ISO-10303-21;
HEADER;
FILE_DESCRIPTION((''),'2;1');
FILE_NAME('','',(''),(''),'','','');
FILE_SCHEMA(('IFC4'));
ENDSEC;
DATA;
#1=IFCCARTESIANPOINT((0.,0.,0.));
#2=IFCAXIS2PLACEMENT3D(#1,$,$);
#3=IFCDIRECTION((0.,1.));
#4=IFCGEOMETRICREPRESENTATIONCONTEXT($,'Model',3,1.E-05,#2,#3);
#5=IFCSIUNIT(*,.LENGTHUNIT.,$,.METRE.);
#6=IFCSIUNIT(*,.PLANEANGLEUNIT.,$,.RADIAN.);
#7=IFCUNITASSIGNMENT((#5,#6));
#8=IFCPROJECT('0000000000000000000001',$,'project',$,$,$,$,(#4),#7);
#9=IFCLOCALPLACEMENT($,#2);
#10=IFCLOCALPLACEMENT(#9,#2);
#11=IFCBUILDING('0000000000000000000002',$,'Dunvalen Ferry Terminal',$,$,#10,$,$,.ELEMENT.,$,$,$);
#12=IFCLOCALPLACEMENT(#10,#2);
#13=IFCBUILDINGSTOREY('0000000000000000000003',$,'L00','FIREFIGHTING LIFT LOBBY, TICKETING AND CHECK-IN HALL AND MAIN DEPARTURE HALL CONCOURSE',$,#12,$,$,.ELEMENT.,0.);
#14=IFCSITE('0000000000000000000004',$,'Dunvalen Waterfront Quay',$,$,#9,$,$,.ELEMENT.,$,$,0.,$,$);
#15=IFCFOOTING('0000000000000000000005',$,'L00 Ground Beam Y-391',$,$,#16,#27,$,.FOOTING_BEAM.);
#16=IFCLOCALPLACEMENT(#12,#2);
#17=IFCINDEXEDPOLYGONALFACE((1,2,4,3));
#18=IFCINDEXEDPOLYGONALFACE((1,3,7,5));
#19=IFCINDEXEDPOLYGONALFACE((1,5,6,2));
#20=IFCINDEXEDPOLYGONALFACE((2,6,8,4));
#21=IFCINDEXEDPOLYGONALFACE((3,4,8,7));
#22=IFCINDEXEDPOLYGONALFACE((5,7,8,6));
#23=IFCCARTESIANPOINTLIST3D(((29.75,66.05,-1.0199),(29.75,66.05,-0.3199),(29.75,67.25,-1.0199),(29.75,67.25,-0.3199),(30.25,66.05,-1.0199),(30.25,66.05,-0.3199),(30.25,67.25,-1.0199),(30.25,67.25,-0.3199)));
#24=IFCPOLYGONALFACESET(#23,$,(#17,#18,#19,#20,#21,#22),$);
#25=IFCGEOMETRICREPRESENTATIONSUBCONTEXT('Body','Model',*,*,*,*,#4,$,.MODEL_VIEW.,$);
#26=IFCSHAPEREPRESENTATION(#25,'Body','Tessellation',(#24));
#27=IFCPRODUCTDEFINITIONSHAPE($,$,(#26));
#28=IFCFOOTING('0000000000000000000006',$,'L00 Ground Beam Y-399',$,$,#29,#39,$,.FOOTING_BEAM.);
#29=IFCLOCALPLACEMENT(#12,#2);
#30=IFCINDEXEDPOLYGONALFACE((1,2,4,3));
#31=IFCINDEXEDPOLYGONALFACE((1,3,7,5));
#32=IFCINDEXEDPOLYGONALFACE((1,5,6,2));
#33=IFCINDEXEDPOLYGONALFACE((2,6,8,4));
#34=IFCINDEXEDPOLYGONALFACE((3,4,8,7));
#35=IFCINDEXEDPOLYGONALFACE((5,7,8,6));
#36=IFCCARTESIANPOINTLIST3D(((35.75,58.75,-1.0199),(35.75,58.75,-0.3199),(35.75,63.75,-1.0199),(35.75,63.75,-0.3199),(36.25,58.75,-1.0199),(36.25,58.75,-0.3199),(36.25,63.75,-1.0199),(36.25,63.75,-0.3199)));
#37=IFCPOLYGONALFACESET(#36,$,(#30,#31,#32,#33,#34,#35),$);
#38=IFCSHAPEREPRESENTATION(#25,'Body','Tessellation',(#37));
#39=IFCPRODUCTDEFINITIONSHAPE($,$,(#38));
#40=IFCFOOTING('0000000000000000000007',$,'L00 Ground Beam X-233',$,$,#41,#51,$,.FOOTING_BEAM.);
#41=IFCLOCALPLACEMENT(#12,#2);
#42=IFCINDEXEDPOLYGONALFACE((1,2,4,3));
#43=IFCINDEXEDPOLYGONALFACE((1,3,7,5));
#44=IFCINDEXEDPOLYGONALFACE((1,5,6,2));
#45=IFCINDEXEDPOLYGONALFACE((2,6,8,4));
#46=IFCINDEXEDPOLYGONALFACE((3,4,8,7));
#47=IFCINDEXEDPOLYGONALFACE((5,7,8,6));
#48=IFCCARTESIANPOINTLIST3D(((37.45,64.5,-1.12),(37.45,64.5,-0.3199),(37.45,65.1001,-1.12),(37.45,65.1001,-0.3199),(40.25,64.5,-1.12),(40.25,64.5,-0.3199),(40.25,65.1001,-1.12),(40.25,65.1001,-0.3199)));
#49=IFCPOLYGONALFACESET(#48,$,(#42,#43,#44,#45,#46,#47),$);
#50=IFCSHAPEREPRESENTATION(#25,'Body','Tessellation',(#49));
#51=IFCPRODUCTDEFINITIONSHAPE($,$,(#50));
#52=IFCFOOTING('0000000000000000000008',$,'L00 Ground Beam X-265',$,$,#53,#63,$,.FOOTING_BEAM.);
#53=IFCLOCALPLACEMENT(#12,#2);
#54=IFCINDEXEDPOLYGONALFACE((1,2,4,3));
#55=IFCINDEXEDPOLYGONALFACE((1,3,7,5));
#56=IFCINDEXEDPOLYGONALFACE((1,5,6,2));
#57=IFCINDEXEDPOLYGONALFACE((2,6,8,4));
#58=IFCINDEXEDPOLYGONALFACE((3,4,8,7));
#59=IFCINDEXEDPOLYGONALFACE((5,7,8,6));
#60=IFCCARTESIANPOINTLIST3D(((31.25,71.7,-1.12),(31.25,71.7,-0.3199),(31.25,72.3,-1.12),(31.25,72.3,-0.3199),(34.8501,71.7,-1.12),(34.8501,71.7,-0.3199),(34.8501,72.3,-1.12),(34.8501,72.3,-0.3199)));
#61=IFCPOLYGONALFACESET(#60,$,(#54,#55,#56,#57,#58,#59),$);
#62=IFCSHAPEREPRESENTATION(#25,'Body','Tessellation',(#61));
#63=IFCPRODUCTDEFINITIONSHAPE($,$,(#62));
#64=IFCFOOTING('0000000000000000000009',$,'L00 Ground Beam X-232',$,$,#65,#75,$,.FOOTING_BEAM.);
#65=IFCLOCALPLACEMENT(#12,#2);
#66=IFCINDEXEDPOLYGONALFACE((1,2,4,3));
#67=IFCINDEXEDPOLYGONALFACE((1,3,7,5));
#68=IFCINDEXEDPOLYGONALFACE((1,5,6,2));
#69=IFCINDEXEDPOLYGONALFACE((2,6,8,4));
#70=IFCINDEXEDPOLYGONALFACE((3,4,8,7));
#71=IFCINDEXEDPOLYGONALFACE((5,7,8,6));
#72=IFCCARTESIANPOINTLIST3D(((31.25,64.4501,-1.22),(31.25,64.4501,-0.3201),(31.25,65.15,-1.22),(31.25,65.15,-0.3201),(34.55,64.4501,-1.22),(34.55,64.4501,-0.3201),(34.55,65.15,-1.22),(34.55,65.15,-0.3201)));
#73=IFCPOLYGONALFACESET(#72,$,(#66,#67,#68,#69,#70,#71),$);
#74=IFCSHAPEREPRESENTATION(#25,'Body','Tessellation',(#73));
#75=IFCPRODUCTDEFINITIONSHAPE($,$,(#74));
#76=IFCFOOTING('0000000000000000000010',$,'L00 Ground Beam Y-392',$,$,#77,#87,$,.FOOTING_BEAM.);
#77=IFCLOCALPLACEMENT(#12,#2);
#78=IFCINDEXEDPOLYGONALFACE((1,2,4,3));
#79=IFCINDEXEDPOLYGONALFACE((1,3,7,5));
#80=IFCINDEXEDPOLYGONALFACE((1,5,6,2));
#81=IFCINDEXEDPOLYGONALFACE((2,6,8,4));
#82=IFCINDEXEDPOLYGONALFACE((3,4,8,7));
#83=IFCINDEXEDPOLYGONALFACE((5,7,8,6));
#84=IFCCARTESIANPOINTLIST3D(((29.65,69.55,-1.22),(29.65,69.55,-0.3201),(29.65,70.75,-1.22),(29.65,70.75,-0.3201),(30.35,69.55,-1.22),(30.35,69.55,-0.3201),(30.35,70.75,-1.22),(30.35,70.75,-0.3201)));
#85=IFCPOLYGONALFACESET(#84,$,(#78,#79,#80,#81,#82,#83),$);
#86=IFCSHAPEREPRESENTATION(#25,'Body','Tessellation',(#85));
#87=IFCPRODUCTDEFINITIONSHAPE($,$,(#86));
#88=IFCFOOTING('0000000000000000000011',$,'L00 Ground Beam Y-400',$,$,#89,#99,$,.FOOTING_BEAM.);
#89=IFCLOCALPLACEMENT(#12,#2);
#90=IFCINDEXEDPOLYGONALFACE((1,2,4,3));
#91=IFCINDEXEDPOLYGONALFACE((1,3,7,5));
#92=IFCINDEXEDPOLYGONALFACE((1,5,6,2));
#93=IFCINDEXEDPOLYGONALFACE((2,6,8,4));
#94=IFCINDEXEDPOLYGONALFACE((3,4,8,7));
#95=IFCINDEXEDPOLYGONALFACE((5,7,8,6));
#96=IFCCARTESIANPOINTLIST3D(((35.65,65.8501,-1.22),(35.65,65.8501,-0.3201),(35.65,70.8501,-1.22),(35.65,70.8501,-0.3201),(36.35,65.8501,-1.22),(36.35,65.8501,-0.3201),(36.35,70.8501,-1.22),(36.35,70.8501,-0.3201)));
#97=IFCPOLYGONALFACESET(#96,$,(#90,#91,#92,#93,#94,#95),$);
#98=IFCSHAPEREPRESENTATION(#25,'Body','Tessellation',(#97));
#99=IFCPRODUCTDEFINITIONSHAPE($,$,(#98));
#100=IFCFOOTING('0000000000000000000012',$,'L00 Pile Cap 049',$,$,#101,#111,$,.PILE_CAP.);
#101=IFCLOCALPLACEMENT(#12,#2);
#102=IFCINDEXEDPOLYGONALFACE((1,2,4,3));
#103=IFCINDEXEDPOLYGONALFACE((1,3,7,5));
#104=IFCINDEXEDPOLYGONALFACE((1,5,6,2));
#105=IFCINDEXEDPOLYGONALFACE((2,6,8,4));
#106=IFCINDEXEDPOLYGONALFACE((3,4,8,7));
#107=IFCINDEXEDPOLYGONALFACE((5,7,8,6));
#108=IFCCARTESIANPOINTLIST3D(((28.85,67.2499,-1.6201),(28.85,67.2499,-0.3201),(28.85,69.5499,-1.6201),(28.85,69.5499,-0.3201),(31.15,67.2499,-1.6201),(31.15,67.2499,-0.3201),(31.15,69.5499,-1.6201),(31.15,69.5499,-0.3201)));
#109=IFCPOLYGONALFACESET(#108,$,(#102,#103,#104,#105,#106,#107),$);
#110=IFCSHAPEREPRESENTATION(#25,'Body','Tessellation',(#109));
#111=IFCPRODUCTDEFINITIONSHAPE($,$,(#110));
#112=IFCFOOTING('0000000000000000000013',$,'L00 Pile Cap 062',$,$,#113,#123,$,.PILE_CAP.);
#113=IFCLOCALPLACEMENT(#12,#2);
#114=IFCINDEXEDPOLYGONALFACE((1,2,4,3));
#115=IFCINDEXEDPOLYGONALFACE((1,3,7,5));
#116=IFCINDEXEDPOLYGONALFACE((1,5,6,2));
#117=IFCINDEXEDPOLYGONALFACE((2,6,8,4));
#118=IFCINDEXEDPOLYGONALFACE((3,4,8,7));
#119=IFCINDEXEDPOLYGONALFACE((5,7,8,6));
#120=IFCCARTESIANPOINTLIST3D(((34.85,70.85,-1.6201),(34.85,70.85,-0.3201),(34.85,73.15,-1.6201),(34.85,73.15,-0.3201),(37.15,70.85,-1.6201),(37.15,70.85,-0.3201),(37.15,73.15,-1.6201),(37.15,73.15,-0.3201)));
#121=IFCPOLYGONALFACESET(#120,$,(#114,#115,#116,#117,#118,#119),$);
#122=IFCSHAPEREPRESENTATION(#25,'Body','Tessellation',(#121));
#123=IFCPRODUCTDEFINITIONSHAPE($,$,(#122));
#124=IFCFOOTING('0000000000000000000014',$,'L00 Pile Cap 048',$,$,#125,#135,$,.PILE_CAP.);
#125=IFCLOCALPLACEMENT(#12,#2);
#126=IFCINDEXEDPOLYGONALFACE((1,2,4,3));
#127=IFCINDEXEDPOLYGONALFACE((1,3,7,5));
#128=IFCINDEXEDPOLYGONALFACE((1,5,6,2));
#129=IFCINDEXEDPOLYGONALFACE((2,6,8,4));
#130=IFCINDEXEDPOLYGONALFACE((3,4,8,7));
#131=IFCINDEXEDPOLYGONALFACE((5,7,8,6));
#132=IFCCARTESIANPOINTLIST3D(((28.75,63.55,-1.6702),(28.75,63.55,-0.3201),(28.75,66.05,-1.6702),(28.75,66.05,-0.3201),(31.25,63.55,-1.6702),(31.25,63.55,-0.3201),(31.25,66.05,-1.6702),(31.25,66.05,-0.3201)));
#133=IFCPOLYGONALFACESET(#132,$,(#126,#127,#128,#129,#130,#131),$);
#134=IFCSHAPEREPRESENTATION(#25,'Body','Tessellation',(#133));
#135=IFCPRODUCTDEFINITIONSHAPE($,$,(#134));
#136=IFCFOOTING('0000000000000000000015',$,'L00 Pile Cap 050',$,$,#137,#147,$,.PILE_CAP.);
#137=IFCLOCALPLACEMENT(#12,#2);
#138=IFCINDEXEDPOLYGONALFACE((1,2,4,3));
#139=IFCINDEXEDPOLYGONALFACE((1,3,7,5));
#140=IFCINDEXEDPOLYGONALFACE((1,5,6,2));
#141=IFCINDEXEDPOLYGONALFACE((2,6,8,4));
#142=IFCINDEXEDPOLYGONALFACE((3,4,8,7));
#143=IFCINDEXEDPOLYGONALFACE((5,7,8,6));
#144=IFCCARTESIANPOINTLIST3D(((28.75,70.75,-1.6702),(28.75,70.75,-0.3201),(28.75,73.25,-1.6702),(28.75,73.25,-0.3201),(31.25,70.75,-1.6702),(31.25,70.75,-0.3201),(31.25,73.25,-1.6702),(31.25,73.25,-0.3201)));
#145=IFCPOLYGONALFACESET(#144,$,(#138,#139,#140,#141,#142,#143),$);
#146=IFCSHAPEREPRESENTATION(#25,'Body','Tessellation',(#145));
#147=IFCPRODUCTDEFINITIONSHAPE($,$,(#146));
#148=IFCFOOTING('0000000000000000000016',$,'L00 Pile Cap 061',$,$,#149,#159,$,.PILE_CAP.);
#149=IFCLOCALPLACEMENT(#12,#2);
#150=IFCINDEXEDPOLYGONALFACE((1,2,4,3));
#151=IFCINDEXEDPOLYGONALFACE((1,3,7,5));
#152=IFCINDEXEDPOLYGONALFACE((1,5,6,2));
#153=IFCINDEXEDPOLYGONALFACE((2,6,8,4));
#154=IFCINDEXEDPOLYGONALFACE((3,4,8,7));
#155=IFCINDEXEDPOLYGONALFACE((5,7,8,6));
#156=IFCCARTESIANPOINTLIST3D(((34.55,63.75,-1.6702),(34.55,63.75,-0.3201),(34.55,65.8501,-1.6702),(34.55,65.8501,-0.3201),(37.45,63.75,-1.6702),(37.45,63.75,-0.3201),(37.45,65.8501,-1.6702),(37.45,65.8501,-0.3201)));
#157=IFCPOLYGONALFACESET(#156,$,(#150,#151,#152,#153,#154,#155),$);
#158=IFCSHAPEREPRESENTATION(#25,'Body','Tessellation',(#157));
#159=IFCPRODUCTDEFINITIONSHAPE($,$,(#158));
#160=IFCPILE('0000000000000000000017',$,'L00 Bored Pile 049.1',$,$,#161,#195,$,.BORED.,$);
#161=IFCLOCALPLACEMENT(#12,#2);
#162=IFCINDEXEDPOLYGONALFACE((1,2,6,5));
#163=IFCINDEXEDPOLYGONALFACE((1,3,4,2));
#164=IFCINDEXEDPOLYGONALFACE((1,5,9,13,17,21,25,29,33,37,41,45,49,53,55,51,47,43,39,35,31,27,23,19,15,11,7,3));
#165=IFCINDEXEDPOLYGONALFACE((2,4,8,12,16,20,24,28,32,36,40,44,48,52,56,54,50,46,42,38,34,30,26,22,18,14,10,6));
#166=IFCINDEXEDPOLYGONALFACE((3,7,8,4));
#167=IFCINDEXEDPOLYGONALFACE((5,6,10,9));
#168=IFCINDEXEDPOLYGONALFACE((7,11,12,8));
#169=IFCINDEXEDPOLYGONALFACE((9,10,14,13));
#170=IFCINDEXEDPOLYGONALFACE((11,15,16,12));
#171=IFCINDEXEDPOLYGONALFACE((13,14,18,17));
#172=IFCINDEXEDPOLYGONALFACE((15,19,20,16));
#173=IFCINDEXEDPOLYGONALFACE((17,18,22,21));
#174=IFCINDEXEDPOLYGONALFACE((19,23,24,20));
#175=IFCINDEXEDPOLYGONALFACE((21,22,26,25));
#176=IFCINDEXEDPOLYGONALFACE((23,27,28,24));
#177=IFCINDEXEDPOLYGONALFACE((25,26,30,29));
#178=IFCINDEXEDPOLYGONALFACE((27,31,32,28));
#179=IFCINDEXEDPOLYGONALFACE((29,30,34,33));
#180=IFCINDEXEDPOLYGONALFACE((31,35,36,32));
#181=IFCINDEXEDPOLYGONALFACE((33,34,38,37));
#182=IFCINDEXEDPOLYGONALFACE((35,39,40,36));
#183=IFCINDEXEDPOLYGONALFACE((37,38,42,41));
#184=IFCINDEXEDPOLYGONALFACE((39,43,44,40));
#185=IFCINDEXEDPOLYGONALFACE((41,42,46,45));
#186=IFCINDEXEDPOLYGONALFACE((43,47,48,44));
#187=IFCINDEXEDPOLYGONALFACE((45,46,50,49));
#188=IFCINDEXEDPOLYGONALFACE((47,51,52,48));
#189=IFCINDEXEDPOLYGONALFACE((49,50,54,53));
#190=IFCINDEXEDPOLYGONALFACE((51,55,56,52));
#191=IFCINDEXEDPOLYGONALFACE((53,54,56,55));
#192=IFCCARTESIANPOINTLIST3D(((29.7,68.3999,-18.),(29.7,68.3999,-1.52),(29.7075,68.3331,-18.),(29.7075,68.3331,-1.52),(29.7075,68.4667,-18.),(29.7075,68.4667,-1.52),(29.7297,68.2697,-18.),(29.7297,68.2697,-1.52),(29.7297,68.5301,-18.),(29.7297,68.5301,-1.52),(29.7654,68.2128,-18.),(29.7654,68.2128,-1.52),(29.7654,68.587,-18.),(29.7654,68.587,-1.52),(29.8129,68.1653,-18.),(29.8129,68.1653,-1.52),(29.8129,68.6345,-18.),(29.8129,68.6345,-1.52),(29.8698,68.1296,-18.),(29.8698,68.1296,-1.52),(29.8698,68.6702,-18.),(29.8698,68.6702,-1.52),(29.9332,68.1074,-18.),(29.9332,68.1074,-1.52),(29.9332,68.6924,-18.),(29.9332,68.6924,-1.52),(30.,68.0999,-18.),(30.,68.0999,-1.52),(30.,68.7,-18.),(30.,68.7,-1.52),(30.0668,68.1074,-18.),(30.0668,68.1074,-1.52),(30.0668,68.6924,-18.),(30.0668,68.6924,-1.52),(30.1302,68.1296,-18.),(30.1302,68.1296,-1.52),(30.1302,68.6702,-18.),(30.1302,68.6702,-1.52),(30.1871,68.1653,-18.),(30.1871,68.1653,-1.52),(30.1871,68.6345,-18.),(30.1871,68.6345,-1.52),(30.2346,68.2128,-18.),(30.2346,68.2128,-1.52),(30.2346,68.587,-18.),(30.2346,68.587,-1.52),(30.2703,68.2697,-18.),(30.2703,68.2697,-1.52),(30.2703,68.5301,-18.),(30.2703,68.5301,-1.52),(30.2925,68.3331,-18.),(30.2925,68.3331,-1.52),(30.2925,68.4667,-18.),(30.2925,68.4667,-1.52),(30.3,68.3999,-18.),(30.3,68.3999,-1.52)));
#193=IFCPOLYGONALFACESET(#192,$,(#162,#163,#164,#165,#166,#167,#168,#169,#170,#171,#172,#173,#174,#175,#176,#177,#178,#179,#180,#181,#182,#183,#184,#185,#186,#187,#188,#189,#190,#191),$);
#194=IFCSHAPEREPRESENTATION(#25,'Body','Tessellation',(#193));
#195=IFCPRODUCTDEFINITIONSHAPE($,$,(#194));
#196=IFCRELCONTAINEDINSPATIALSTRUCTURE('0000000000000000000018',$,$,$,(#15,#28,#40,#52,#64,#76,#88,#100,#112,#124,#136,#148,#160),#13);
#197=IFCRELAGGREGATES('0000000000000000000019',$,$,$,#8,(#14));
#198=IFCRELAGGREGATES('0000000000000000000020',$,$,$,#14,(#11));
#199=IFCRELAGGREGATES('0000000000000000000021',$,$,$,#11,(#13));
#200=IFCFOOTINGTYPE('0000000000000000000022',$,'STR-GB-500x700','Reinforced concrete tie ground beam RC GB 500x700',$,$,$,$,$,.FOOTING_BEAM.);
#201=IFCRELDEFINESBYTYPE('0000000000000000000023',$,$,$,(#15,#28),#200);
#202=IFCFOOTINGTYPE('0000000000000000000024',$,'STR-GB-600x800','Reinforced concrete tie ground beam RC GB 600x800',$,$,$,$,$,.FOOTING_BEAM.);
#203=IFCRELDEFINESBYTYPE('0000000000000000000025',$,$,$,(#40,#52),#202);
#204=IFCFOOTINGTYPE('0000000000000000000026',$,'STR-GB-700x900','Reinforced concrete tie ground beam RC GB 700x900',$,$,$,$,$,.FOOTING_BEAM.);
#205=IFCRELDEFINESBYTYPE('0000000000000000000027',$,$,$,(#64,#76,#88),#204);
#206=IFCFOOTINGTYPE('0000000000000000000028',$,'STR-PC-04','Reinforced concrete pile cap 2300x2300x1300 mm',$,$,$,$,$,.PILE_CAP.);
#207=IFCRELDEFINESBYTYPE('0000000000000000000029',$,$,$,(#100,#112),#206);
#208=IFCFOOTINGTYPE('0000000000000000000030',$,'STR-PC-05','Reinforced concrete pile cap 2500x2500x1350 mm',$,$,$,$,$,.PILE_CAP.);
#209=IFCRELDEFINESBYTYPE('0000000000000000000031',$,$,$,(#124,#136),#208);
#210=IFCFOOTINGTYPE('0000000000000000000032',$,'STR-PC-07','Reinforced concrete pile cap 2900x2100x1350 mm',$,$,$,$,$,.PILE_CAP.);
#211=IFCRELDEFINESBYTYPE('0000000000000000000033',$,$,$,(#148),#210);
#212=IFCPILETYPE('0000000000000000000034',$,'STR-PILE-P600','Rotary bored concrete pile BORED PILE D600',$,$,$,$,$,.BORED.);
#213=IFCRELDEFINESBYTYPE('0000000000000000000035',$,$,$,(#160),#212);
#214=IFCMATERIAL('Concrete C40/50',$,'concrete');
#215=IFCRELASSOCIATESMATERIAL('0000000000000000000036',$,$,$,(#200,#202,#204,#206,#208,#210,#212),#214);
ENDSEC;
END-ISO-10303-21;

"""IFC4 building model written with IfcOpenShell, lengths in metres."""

from ifc_helpers import new_model, si_unit, direction, frame, origin, origin_2d, place, context, subcontext, project, spatial, rectangle, circle, extrude, material, material_profile, profile_set, type_object, element, save


model = new_model("IFC4")

# Units and contexts
model_context = context("Model", 3, precision=1e-05, world=origin(), true_north=direction((0.0, 1.0)))
body_context = subcontext(model_context, "Body", "Model", "MODEL_VIEW")
ifc_project = project(units=[si_unit("LENGTHUNIT", "METRE"), si_unit("PLANEANGLEUNIT", "RADIAN")], contexts=[model_context])

# Site, building, storey
site_placement = place(None, origin())
site = spatial("IfcSite", under=ifc_project, at=site_placement, Name="Dunvalen Waterfront Quay", CompositionType="ELEMENT", RefElevation=0.0)
building_placement = place(site_placement, origin())
building = spatial("IfcBuilding", under=site, at=building_placement, Name="Dunvalen Ferry Terminal", CompositionType="ELEMENT")
storey_placement = place(building_placement, origin())
storey = spatial("IfcBuildingStorey", under=building, at=storey_placement, Name="L00", Description="FIREFIGHTING LIFT LOBBY, TICKETING AND CHECK-IN HALL AND MAIN DEPARTURE HALL CONCOURSE", CompositionType="ELEMENT", Elevation=0.0)

# Footings
ifc_material_1 = material(Name="Concrete C40/50", Category="concrete")
ifc_material_profile_1 = material_profile(ifc_material_1, rectangle(XDim=0.5, YDim=0.7, at=origin_2d()), Name="Concrete C40/50")
ifc_profile_set_1 = profile_set([ifc_material_profile_1], Name="Concrete C40/50")
footing_type_1 = type_object("IfcFootingType", Name="STR-GB-500x700", Description="Reinforced concrete tie ground beam RC GB 500x700", PredefinedType="FOOTING_BEAM", material=ifc_profile_set_1)
footing_1_placement = place(storey_placement, frame((30.0, 66.05, -0.6699), z_axis=(0.0, 1.0, 0.0), x_axis=(-1.0, 0.0, 0.0)))
element("IfcFooting", 1, at=footing_1_placement, inside=storey, type_object=footing_type_1, Name="L00 Ground Beam Y-391", PredefinedType="FOOTING_BEAM", context=body_context, shape_type="SweptSolid", body=[
    extrude(rectangle(XDim=0.5, YDim=0.7, at=origin_2d()), origin(), (0.0, 0.0, 1.0), 1.2),
])
footing_2_placement = place(storey_placement, frame((36.0, 58.75, -0.6699), z_axis=(0.0, 1.0, 0.0), x_axis=(-1.0, 0.0, 0.0)))
element("IfcFooting", 2, at=footing_2_placement, inside=storey, type_object=footing_type_1, Name="L00 Ground Beam Y-399", PredefinedType="FOOTING_BEAM", context=body_context, shape_type="SweptSolid", body=[
    extrude(rectangle(XDim=0.5, YDim=0.7, at=origin_2d()), origin(), (0.0, 0.0, 1.0), 5.0),
])
ifc_material_profile_2 = material_profile(ifc_material_1, rectangle(XDim=0.6001, YDim=0.8, at=origin_2d()), Name="Concrete C40/50")
ifc_profile_set_2 = profile_set([ifc_material_profile_2], Name="Concrete C40/50")
footing_type_2 = type_object("IfcFootingType", Name="STR-GB-600x800", Description="Reinforced concrete tie ground beam RC GB 600x800", PredefinedType="FOOTING_BEAM", material=ifc_profile_set_2)
footing_3_placement = place(storey_placement, frame((37.45, 64.8, -0.72), z_axis=(1.0, 0.0, 0.0), x_axis=(0.0, 1.0, 0.0)))
element("IfcFooting", 3, at=footing_3_placement, inside=storey, type_object=footing_type_2, Name="L00 Ground Beam X-233", PredefinedType="FOOTING_BEAM", context=body_context, shape_type="SweptSolid", body=[
    extrude(rectangle(XDim=0.6001, YDim=0.8, at=origin_2d()), origin(), (0.0, 0.0, 1.0), 2.8),
])
footing_4_placement = place(storey_placement, frame((31.25, 72.0, -0.72), z_axis=(1.0, 0.0, 0.0), x_axis=(0.0, 1.0, 0.0)))
element("IfcFooting", 4, at=footing_4_placement, inside=storey, type_object=footing_type_2, Name="L00 Ground Beam X-265", PredefinedType="FOOTING_BEAM", context=body_context, shape_type="SweptSolid", body=[
    extrude(rectangle(XDim=0.6001, YDim=0.8, at=origin_2d()), origin(), (0.0, 0.0, 1.0), 3.6001),
])
ifc_material_profile_3 = material_profile(ifc_material_1, rectangle(XDim=0.7, YDim=0.8999, at=origin_2d()), Name="Concrete C40/50")
ifc_profile_set_3 = profile_set([ifc_material_profile_3], Name="Concrete C40/50")
footing_type_3 = type_object("IfcFootingType", Name="STR-GB-700x900", Description="Reinforced concrete tie ground beam RC GB 700x900", PredefinedType="FOOTING_BEAM", material=ifc_profile_set_3)
footing_5_placement = place(storey_placement, frame((31.25, 64.8, -0.77), z_axis=(1.0, 0.0, 0.0), x_axis=(0.0, 1.0, 0.0)))
element("IfcFooting", 5, at=footing_5_placement, inside=storey, type_object=footing_type_3, Name="L00 Ground Beam X-232", PredefinedType="FOOTING_BEAM", context=body_context, shape_type="SweptSolid", body=[
    extrude(rectangle(XDim=0.7, YDim=0.8999, at=origin_2d()), origin(), (0.0, 0.0, 1.0), 3.3),
])
footing_6_placement = place(storey_placement, frame((30.0, 69.55, -0.77), z_axis=(0.0, 1.0, 0.0), x_axis=(-1.0, 0.0, 0.0)))
element("IfcFooting", 6, at=footing_6_placement, inside=storey, type_object=footing_type_3, Name="L00 Ground Beam Y-392", PredefinedType="FOOTING_BEAM", context=body_context, shape_type="SweptSolid", body=[
    extrude(rectangle(XDim=0.7, YDim=0.8999, at=origin_2d()), origin(), (0.0, 0.0, 1.0), 1.2),
])
footing_7_placement = place(storey_placement, frame((36.0, 65.8501, -0.77), z_axis=(0.0, 1.0, 0.0), x_axis=(-1.0, 0.0, 0.0)))
element("IfcFooting", 7, at=footing_7_placement, inside=storey, type_object=footing_type_3, Name="L00 Ground Beam Y-400", PredefinedType="FOOTING_BEAM", context=body_context, shape_type="SweptSolid", body=[
    extrude(rectangle(XDim=0.7, YDim=0.8999, at=origin_2d()), origin(), (0.0, 0.0, 1.0), 5.0),
])
footing_type_4 = type_object("IfcFootingType", Name="STR-PC-04", Description="Reinforced concrete pile cap 2300x2300x1300 mm", PredefinedType="PILE_CAP", material=ifc_material_1)
for number, where, z_axis, x_axis, name in (
    (8, (30.0, 68.3999, -1.6201), (0.0, 0.0, 1.0), (1.0, 0.0, 0.0), "L00 Pile Cap 049"),
    (9, (36.0, 72.0, -1.6201), (0.0, 0.0, 1.0), (1.0, 0.0, 0.0), "L00 Pile Cap 062"),
):
    element("IfcFooting", number, at=place(storey_placement, frame(where, z_axis=z_axis, x_axis=x_axis)), inside=storey, type_object=footing_type_4, Name=name, PredefinedType="PILE_CAP", context=body_context, shape_type="SweptSolid", body=[
        extrude(rectangle(XDim=2.3, YDim=2.3, at=origin_2d()), origin(), (0.0, 0.0, 1.0), 1.3),
    ])
footing_type_5 = type_object("IfcFootingType", Name="STR-PC-05", Description="Reinforced concrete pile cap 2500x2500x1350 mm", PredefinedType="PILE_CAP", material=ifc_material_1)
for number, where, z_axis, x_axis, name in (
    (10, (30.0, 64.8, -1.6702), (0.0, 0.0, 1.0), (1.0, 0.0, 0.0), "L00 Pile Cap 048"),
    (11, (30.0, 72.0, -1.6702), (0.0, 0.0, 1.0), (1.0, 0.0, 0.0), "L00 Pile Cap 050"),
):
    element("IfcFooting", number, at=place(storey_placement, frame(where, z_axis=z_axis, x_axis=x_axis)), inside=storey, type_object=footing_type_5, Name=name, PredefinedType="PILE_CAP", context=body_context, shape_type="SweptSolid", body=[
        extrude(rectangle(XDim=2.5, YDim=2.5, at=origin_2d()), origin(), (0.0, 0.0, 1.0), 1.3501),
    ])
footing_type_6 = type_object("IfcFootingType", Name="STR-PC-07", Description="Reinforced concrete pile cap 2900x2100x1350 mm", PredefinedType="PILE_CAP", material=ifc_material_1)
footing_8_placement = place(storey_placement, frame((36.0, 64.8, -1.6702), z_axis=(0.0, 0.0, 1.0), x_axis=(1.0, 0.0, 0.0)))
element("IfcFooting", 12, at=footing_8_placement, inside=storey, type_object=footing_type_6, Name="L00 Pile Cap 061", PredefinedType="PILE_CAP", context=body_context, shape_type="SweptSolid", body=[
    extrude(rectangle(XDim=2.8999, YDim=2.1001, at=origin_2d()), origin(), (0.0, 0.0, 1.0), 1.3501),
])

# Pile
ifc_material_profile_4 = material_profile(ifc_material_1, circle(Radius=0.3, at=origin_2d()), Name="Concrete C40/50")
ifc_profile_set_4 = profile_set([ifc_material_profile_4], Name="Concrete C40/50")
pile_type_1 = type_object("IfcPileType", Name="STR-PILE-P600", Description="Rotary bored concrete pile BORED PILE D600", PredefinedType="BORED", material=ifc_profile_set_4)
pile_1_placement = place(storey_placement, frame((30.0, 68.3999, -1.52), z_axis=(0.0, 0.0, -1.0), x_axis=(1.0, 0.0, 0.0)))
element("IfcPile", 13, at=pile_1_placement, inside=storey, type_object=pile_type_1, Name="L00 Bored Pile 049.1", PredefinedType="BORED", context=body_context, shape_type="SweptSolid", body=[
    extrude(circle(Radius=0.3, at=origin_2d()), origin(), (0.0, 0.0, 1.0), 16.48),
])

save(model, "model.ifc")
